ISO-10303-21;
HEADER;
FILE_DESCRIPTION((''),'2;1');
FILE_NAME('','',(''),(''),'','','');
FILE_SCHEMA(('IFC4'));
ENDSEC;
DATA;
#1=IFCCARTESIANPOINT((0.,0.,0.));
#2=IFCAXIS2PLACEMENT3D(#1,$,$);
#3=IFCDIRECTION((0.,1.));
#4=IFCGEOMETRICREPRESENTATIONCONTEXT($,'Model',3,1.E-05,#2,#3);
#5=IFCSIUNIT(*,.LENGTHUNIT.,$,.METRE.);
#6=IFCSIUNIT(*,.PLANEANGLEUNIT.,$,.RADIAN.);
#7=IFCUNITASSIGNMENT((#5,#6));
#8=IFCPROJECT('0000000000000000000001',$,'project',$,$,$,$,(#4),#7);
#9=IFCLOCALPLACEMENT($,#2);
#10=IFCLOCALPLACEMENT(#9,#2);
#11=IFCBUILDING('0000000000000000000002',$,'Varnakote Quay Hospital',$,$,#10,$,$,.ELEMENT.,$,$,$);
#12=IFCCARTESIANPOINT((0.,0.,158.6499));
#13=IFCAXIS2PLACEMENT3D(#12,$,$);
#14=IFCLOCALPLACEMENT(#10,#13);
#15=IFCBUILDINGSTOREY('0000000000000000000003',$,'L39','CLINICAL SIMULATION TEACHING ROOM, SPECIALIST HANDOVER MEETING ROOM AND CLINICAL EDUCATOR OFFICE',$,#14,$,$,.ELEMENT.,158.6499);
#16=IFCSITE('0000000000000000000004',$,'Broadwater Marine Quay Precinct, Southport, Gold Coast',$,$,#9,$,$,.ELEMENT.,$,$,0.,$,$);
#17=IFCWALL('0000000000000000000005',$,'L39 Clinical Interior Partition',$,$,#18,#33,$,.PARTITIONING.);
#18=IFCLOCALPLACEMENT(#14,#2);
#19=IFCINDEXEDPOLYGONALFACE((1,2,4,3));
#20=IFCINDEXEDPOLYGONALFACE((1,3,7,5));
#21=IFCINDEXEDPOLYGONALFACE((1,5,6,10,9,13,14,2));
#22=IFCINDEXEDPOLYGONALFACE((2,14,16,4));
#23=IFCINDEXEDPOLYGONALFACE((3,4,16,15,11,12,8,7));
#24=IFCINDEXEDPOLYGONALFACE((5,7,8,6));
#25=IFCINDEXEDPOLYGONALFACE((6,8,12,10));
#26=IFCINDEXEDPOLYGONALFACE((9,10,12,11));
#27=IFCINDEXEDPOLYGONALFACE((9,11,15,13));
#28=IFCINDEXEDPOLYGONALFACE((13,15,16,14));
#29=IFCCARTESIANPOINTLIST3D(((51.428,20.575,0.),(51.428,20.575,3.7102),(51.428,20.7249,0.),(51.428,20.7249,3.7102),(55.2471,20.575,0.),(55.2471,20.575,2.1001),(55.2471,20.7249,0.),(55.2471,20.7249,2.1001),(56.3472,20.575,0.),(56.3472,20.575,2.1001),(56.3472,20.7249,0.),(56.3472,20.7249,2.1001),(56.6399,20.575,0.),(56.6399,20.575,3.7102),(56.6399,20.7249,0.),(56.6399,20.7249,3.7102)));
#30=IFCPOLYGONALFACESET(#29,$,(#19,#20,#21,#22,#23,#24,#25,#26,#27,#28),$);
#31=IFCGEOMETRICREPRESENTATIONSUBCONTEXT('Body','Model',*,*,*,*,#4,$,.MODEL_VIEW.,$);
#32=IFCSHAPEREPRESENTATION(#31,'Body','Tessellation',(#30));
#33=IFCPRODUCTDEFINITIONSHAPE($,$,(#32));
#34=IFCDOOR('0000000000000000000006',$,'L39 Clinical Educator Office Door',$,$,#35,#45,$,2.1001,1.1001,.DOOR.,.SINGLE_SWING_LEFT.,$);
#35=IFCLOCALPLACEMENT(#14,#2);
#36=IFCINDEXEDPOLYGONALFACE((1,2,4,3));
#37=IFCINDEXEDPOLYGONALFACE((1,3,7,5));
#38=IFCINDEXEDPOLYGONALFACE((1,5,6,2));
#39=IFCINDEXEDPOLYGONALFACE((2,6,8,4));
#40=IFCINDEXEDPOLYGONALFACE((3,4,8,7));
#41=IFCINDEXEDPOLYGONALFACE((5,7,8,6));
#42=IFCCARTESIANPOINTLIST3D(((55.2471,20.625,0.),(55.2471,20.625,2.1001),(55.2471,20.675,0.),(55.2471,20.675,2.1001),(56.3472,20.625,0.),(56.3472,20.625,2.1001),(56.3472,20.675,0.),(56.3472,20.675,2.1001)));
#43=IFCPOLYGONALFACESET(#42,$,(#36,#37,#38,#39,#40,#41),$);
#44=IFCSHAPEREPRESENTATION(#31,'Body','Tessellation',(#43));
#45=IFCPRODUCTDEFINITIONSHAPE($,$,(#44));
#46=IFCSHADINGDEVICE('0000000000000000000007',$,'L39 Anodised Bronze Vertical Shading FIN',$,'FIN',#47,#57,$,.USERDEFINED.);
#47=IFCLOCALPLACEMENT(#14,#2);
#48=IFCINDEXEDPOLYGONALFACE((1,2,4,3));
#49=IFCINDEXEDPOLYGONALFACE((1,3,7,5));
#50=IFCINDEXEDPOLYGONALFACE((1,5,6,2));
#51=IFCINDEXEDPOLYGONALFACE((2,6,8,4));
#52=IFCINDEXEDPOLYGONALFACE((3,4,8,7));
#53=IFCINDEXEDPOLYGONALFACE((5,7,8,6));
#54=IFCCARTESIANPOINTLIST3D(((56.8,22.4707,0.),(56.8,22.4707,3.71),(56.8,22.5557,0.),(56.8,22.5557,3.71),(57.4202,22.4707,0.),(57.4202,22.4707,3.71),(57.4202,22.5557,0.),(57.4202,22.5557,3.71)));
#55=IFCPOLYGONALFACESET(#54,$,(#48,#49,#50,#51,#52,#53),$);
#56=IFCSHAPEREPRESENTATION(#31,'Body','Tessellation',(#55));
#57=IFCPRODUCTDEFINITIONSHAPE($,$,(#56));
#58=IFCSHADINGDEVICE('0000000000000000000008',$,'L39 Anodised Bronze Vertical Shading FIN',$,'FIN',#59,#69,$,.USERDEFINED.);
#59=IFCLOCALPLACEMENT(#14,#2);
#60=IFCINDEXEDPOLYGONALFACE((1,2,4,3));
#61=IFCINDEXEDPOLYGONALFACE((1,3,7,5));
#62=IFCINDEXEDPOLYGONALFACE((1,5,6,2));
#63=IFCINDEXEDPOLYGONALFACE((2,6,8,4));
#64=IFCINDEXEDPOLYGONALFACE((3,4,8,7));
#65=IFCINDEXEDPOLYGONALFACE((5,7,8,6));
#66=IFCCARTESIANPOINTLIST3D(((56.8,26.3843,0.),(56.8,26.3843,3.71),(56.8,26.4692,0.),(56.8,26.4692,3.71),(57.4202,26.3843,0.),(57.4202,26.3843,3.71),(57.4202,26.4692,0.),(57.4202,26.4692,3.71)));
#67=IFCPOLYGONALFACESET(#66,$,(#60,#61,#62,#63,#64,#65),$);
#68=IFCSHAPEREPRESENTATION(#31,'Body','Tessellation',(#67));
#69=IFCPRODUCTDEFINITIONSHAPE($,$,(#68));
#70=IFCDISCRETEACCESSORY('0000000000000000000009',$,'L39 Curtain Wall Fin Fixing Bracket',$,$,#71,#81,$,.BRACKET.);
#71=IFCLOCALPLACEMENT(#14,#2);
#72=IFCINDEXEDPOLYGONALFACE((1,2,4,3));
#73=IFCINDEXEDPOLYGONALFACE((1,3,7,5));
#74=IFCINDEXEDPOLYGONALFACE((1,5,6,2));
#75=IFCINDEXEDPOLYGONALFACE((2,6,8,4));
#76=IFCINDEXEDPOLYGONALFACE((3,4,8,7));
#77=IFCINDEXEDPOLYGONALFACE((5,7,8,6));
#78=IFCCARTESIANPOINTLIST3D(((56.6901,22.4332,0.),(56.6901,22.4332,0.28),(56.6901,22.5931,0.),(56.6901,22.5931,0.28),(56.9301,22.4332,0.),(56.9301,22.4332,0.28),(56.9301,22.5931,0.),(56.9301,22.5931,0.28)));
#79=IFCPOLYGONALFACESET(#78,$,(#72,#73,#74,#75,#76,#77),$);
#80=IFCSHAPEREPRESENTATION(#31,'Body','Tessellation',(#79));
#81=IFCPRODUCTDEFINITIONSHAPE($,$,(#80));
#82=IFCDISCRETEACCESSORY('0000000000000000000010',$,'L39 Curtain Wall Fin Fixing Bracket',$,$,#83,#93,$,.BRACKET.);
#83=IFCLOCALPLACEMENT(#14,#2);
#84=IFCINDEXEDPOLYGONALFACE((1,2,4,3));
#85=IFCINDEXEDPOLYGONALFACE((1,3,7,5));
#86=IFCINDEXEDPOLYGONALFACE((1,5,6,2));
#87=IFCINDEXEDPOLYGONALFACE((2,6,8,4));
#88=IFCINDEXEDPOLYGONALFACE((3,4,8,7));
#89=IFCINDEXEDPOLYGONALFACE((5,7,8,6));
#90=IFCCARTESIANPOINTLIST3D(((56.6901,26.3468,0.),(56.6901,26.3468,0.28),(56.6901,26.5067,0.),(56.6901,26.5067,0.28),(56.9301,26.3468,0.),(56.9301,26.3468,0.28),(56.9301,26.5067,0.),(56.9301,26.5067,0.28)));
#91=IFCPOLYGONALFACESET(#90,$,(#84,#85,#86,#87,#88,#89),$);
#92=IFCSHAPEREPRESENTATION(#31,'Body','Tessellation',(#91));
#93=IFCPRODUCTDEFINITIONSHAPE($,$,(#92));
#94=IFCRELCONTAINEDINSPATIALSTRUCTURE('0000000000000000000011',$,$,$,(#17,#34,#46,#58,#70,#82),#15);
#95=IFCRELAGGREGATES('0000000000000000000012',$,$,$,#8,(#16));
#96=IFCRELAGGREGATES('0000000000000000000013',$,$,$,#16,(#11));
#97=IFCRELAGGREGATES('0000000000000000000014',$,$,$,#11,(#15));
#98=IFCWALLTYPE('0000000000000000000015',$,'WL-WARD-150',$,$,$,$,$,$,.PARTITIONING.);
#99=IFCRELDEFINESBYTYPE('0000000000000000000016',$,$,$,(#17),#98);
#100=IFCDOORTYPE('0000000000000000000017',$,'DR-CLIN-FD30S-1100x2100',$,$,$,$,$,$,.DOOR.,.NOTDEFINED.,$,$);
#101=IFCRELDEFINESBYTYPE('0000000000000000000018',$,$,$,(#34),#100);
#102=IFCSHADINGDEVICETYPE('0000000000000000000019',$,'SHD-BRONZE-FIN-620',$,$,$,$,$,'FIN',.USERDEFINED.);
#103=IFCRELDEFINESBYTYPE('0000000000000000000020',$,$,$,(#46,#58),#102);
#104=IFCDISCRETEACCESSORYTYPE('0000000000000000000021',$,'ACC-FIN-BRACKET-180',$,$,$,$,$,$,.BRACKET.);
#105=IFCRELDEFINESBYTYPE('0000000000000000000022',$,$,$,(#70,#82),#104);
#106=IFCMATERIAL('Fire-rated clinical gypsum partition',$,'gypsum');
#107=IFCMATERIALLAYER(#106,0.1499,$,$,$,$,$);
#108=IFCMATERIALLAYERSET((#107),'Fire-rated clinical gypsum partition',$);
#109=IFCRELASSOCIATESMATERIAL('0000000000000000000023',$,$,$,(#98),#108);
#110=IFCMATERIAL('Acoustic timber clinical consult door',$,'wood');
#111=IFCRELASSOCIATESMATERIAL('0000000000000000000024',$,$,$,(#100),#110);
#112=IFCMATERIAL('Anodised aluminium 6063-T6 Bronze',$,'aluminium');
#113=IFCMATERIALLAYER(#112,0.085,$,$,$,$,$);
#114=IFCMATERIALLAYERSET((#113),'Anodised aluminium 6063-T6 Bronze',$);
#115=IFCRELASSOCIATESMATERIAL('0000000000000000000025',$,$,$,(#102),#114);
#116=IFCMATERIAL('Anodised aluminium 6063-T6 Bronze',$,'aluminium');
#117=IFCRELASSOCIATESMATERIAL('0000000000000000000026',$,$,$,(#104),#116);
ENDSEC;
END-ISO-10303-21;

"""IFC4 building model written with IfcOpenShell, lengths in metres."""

from ifc_helpers import new_model, si_unit, direction, frame, frame_2d, origin, origin_2d, place, context, subcontext, project, spatial, rectangle, extrude, material, layer, layer_set, type_object, element, fill, save


model = new_model("IFC4")

# Units and contexts
model_context = context("Model", 3, precision=1e-05, world=origin(), true_north=direction((0.0, 1.0)))
body_context = subcontext(model_context, "Body", "Model", "MODEL_VIEW")
ifc_project = project(units=[si_unit("LENGTHUNIT", "METRE"), si_unit("PLANEANGLEUNIT", "RADIAN")], contexts=[model_context])

# Site, building, storey
site_placement = place(None, origin())
site = spatial("IfcSite", under=ifc_project, at=site_placement, Name="Broadwater Marine Quay Precinct, Southport, Gold Coast", CompositionType="ELEMENT", RefElevation=0.0)
building_placement = place(site_placement, origin())
building = spatial("IfcBuilding", under=site, at=building_placement, Name="Varnakote Quay Hospital", CompositionType="ELEMENT")
storey_placement = place(building_placement, frame((0.0, 0.0, 158.6499)))
storey = spatial("IfcBuildingStorey", under=building, at=storey_placement, Name="L39", Description="CLINICAL SIMULATION TEACHING ROOM, SPECIALIST HANDOVER MEETING ROOM AND CLINICAL EDUCATOR OFFICE", CompositionType="ELEMENT", Elevation=158.6499)

# Wall, opening, door
ifc_material_1 = material(Name="Fire-rated clinical gypsum partition", Category="gypsum")
ifc_layer_1 = layer(ifc_material_1, 0.1499)
ifc_layer_set_1 = layer_set([ifc_layer_1], Name="Fire-rated clinical gypsum partition")
wall_type_1 = type_object("IfcWallType", Name="WL-WARD-150", PredefinedType="PARTITIONING", material=ifc_layer_set_1)
ifc_material_2 = material(Name="Acoustic timber clinical consult door", Category="wood")
door_type = type_object("IfcDoorType", Name="DR-CLIN-FD30S-1100x2100", OperationType="NOTDEFINED", PredefinedType="DOOR", material=ifc_material_2)
wall_1_placement = place(storey_placement, frame((56.6399, 20.6499, 0.0), z_axis=(0.0, 0.0, 1.0), x_axis=(-1.0, 0.0, 0.0)))
wall_1 = element("IfcWall", 1, at=wall_1_placement, inside=storey, type_object=wall_type_1, Name="L39 Clinical Interior Partition", PredefinedType="PARTITIONING", context=body_context, shape_type="SweptSolid", body=[
    extrude(rectangle(XDim=5.2119, YDim=0.1499, at=frame_2d((2.606, 0.0))), origin(), (0.0, 0.0, 1.0), 3.7102),
])
opening_1_placement = place(wall_1_placement, frame((0.2927, 0.0, 0.0)))
opening_1 = element("IfcOpeningElement", 2, at=opening_1_placement, cuts=wall_1, PredefinedType="OPENING", context=body_context, shape_type="SweptSolid", body=[
    extrude(rectangle(XDim=1.1001, YDim=2.1001, at=frame_2d((0.55, 1.05))), frame((0.0, 0.085, 0.0), z_axis=(0.0, -1.0, 0.0), x_axis=(1.0, 0.0, 0.0)), (0.0, 0.0, 1.0), 0.1699),
])
door_1_placement = place(opening_1_placement, origin())
door_1 = element("IfcDoor", 3, at=door_1_placement, inside=storey, type_object=door_type, Name="L39 Clinical Educator Office Door", OperationType="SINGLE_SWING_LEFT", OverallHeight=2.1001, OverallWidth=1.1001, PredefinedType="DOOR", context=body_context, shape_type="SweptSolid", body=[
    extrude(rectangle(XDim=1.1001, YDim=2.1001, at=frame_2d((0.55, 1.05))), frame((0.0, 0.0249, 0.0), z_axis=(0.0, -1.0, 0.0), x_axis=(1.0, 0.0, 0.0)), (0.0, 0.0, 1.0), 0.05),
])
fill(opening_1, door_1)

# Shading devices
ifc_material_3 = material(Name="Anodised aluminium 6063-T6 Bronze", Category="aluminium")
ifc_layer_2 = layer(ifc_material_3, 0.085)
ifc_layer_set_2 = layer_set([ifc_layer_2], Name="Anodised aluminium 6063-T6 Bronze")
shading_device_type = type_object("IfcShadingDeviceType", Name="SHD-BRONZE-FIN-620", ElementType="FIN", PredefinedType="USERDEFINED", material=ifc_layer_set_2)
for number, where, z_axis, x_axis, name in (
    (4, (57.1101, 22.5132, 0.0), (0.0, 0.0, 1.0), (-1.0, 0.0, 0.0), "L39 Anodised Bronze Vertical Shading FIN"),
    (5, (57.1101, 26.4268, 0.0), (0.0, 0.0, 1.0), (-1.0, 0.0, 0.0), "L39 Anodised Bronze Vertical Shading FIN"),
):
    element("IfcShadingDevice", number, at=place(storey_placement, frame(where, z_axis=z_axis, x_axis=x_axis)), inside=storey, type_object=shading_device_type, Name=name, ObjectType="FIN", PredefinedType="USERDEFINED", context=body_context, shape_type="SweptSolid", body=[
        extrude(rectangle(XDim=0.6201, YDim=0.085, at=origin_2d()), origin(), (0.0, 0.0, 1.0), 3.71),
    ])

# Discrete accessories
ifc_material_4 = material(Name="Anodised aluminium 6063-T6 Bronze", Category="aluminium")
discrete_accessory_type = type_object("IfcDiscreteAccessoryType", Name="ACC-FIN-BRACKET-180", PredefinedType="BRACKET", material=ifc_material_4)
for number, where, z_axis, x_axis, name in (
    (6, (56.8101, 22.5132, 0.0), (0.0, 0.0, 1.0), (0.0, 1.0, 0.0), "L39 Curtain Wall Fin Fixing Bracket"),
    (7, (56.8101, 26.4268, 0.0), (0.0, 0.0, 1.0), (0.0, 1.0, 0.0), "L39 Curtain Wall Fin Fixing Bracket"),
):
    element("IfcDiscreteAccessory", number, at=place(storey_placement, frame(where, z_axis=z_axis, x_axis=x_axis)), inside=storey, type_object=discrete_accessory_type, Name=name, PredefinedType="BRACKET", context=body_context, shape_type="SweptSolid", body=[
        extrude(rectangle(XDim=0.1599, YDim=0.24, at=origin_2d()), origin(), (0.0, 0.0, 1.0), 0.28),
    ])

save(model, "model.ifc")
